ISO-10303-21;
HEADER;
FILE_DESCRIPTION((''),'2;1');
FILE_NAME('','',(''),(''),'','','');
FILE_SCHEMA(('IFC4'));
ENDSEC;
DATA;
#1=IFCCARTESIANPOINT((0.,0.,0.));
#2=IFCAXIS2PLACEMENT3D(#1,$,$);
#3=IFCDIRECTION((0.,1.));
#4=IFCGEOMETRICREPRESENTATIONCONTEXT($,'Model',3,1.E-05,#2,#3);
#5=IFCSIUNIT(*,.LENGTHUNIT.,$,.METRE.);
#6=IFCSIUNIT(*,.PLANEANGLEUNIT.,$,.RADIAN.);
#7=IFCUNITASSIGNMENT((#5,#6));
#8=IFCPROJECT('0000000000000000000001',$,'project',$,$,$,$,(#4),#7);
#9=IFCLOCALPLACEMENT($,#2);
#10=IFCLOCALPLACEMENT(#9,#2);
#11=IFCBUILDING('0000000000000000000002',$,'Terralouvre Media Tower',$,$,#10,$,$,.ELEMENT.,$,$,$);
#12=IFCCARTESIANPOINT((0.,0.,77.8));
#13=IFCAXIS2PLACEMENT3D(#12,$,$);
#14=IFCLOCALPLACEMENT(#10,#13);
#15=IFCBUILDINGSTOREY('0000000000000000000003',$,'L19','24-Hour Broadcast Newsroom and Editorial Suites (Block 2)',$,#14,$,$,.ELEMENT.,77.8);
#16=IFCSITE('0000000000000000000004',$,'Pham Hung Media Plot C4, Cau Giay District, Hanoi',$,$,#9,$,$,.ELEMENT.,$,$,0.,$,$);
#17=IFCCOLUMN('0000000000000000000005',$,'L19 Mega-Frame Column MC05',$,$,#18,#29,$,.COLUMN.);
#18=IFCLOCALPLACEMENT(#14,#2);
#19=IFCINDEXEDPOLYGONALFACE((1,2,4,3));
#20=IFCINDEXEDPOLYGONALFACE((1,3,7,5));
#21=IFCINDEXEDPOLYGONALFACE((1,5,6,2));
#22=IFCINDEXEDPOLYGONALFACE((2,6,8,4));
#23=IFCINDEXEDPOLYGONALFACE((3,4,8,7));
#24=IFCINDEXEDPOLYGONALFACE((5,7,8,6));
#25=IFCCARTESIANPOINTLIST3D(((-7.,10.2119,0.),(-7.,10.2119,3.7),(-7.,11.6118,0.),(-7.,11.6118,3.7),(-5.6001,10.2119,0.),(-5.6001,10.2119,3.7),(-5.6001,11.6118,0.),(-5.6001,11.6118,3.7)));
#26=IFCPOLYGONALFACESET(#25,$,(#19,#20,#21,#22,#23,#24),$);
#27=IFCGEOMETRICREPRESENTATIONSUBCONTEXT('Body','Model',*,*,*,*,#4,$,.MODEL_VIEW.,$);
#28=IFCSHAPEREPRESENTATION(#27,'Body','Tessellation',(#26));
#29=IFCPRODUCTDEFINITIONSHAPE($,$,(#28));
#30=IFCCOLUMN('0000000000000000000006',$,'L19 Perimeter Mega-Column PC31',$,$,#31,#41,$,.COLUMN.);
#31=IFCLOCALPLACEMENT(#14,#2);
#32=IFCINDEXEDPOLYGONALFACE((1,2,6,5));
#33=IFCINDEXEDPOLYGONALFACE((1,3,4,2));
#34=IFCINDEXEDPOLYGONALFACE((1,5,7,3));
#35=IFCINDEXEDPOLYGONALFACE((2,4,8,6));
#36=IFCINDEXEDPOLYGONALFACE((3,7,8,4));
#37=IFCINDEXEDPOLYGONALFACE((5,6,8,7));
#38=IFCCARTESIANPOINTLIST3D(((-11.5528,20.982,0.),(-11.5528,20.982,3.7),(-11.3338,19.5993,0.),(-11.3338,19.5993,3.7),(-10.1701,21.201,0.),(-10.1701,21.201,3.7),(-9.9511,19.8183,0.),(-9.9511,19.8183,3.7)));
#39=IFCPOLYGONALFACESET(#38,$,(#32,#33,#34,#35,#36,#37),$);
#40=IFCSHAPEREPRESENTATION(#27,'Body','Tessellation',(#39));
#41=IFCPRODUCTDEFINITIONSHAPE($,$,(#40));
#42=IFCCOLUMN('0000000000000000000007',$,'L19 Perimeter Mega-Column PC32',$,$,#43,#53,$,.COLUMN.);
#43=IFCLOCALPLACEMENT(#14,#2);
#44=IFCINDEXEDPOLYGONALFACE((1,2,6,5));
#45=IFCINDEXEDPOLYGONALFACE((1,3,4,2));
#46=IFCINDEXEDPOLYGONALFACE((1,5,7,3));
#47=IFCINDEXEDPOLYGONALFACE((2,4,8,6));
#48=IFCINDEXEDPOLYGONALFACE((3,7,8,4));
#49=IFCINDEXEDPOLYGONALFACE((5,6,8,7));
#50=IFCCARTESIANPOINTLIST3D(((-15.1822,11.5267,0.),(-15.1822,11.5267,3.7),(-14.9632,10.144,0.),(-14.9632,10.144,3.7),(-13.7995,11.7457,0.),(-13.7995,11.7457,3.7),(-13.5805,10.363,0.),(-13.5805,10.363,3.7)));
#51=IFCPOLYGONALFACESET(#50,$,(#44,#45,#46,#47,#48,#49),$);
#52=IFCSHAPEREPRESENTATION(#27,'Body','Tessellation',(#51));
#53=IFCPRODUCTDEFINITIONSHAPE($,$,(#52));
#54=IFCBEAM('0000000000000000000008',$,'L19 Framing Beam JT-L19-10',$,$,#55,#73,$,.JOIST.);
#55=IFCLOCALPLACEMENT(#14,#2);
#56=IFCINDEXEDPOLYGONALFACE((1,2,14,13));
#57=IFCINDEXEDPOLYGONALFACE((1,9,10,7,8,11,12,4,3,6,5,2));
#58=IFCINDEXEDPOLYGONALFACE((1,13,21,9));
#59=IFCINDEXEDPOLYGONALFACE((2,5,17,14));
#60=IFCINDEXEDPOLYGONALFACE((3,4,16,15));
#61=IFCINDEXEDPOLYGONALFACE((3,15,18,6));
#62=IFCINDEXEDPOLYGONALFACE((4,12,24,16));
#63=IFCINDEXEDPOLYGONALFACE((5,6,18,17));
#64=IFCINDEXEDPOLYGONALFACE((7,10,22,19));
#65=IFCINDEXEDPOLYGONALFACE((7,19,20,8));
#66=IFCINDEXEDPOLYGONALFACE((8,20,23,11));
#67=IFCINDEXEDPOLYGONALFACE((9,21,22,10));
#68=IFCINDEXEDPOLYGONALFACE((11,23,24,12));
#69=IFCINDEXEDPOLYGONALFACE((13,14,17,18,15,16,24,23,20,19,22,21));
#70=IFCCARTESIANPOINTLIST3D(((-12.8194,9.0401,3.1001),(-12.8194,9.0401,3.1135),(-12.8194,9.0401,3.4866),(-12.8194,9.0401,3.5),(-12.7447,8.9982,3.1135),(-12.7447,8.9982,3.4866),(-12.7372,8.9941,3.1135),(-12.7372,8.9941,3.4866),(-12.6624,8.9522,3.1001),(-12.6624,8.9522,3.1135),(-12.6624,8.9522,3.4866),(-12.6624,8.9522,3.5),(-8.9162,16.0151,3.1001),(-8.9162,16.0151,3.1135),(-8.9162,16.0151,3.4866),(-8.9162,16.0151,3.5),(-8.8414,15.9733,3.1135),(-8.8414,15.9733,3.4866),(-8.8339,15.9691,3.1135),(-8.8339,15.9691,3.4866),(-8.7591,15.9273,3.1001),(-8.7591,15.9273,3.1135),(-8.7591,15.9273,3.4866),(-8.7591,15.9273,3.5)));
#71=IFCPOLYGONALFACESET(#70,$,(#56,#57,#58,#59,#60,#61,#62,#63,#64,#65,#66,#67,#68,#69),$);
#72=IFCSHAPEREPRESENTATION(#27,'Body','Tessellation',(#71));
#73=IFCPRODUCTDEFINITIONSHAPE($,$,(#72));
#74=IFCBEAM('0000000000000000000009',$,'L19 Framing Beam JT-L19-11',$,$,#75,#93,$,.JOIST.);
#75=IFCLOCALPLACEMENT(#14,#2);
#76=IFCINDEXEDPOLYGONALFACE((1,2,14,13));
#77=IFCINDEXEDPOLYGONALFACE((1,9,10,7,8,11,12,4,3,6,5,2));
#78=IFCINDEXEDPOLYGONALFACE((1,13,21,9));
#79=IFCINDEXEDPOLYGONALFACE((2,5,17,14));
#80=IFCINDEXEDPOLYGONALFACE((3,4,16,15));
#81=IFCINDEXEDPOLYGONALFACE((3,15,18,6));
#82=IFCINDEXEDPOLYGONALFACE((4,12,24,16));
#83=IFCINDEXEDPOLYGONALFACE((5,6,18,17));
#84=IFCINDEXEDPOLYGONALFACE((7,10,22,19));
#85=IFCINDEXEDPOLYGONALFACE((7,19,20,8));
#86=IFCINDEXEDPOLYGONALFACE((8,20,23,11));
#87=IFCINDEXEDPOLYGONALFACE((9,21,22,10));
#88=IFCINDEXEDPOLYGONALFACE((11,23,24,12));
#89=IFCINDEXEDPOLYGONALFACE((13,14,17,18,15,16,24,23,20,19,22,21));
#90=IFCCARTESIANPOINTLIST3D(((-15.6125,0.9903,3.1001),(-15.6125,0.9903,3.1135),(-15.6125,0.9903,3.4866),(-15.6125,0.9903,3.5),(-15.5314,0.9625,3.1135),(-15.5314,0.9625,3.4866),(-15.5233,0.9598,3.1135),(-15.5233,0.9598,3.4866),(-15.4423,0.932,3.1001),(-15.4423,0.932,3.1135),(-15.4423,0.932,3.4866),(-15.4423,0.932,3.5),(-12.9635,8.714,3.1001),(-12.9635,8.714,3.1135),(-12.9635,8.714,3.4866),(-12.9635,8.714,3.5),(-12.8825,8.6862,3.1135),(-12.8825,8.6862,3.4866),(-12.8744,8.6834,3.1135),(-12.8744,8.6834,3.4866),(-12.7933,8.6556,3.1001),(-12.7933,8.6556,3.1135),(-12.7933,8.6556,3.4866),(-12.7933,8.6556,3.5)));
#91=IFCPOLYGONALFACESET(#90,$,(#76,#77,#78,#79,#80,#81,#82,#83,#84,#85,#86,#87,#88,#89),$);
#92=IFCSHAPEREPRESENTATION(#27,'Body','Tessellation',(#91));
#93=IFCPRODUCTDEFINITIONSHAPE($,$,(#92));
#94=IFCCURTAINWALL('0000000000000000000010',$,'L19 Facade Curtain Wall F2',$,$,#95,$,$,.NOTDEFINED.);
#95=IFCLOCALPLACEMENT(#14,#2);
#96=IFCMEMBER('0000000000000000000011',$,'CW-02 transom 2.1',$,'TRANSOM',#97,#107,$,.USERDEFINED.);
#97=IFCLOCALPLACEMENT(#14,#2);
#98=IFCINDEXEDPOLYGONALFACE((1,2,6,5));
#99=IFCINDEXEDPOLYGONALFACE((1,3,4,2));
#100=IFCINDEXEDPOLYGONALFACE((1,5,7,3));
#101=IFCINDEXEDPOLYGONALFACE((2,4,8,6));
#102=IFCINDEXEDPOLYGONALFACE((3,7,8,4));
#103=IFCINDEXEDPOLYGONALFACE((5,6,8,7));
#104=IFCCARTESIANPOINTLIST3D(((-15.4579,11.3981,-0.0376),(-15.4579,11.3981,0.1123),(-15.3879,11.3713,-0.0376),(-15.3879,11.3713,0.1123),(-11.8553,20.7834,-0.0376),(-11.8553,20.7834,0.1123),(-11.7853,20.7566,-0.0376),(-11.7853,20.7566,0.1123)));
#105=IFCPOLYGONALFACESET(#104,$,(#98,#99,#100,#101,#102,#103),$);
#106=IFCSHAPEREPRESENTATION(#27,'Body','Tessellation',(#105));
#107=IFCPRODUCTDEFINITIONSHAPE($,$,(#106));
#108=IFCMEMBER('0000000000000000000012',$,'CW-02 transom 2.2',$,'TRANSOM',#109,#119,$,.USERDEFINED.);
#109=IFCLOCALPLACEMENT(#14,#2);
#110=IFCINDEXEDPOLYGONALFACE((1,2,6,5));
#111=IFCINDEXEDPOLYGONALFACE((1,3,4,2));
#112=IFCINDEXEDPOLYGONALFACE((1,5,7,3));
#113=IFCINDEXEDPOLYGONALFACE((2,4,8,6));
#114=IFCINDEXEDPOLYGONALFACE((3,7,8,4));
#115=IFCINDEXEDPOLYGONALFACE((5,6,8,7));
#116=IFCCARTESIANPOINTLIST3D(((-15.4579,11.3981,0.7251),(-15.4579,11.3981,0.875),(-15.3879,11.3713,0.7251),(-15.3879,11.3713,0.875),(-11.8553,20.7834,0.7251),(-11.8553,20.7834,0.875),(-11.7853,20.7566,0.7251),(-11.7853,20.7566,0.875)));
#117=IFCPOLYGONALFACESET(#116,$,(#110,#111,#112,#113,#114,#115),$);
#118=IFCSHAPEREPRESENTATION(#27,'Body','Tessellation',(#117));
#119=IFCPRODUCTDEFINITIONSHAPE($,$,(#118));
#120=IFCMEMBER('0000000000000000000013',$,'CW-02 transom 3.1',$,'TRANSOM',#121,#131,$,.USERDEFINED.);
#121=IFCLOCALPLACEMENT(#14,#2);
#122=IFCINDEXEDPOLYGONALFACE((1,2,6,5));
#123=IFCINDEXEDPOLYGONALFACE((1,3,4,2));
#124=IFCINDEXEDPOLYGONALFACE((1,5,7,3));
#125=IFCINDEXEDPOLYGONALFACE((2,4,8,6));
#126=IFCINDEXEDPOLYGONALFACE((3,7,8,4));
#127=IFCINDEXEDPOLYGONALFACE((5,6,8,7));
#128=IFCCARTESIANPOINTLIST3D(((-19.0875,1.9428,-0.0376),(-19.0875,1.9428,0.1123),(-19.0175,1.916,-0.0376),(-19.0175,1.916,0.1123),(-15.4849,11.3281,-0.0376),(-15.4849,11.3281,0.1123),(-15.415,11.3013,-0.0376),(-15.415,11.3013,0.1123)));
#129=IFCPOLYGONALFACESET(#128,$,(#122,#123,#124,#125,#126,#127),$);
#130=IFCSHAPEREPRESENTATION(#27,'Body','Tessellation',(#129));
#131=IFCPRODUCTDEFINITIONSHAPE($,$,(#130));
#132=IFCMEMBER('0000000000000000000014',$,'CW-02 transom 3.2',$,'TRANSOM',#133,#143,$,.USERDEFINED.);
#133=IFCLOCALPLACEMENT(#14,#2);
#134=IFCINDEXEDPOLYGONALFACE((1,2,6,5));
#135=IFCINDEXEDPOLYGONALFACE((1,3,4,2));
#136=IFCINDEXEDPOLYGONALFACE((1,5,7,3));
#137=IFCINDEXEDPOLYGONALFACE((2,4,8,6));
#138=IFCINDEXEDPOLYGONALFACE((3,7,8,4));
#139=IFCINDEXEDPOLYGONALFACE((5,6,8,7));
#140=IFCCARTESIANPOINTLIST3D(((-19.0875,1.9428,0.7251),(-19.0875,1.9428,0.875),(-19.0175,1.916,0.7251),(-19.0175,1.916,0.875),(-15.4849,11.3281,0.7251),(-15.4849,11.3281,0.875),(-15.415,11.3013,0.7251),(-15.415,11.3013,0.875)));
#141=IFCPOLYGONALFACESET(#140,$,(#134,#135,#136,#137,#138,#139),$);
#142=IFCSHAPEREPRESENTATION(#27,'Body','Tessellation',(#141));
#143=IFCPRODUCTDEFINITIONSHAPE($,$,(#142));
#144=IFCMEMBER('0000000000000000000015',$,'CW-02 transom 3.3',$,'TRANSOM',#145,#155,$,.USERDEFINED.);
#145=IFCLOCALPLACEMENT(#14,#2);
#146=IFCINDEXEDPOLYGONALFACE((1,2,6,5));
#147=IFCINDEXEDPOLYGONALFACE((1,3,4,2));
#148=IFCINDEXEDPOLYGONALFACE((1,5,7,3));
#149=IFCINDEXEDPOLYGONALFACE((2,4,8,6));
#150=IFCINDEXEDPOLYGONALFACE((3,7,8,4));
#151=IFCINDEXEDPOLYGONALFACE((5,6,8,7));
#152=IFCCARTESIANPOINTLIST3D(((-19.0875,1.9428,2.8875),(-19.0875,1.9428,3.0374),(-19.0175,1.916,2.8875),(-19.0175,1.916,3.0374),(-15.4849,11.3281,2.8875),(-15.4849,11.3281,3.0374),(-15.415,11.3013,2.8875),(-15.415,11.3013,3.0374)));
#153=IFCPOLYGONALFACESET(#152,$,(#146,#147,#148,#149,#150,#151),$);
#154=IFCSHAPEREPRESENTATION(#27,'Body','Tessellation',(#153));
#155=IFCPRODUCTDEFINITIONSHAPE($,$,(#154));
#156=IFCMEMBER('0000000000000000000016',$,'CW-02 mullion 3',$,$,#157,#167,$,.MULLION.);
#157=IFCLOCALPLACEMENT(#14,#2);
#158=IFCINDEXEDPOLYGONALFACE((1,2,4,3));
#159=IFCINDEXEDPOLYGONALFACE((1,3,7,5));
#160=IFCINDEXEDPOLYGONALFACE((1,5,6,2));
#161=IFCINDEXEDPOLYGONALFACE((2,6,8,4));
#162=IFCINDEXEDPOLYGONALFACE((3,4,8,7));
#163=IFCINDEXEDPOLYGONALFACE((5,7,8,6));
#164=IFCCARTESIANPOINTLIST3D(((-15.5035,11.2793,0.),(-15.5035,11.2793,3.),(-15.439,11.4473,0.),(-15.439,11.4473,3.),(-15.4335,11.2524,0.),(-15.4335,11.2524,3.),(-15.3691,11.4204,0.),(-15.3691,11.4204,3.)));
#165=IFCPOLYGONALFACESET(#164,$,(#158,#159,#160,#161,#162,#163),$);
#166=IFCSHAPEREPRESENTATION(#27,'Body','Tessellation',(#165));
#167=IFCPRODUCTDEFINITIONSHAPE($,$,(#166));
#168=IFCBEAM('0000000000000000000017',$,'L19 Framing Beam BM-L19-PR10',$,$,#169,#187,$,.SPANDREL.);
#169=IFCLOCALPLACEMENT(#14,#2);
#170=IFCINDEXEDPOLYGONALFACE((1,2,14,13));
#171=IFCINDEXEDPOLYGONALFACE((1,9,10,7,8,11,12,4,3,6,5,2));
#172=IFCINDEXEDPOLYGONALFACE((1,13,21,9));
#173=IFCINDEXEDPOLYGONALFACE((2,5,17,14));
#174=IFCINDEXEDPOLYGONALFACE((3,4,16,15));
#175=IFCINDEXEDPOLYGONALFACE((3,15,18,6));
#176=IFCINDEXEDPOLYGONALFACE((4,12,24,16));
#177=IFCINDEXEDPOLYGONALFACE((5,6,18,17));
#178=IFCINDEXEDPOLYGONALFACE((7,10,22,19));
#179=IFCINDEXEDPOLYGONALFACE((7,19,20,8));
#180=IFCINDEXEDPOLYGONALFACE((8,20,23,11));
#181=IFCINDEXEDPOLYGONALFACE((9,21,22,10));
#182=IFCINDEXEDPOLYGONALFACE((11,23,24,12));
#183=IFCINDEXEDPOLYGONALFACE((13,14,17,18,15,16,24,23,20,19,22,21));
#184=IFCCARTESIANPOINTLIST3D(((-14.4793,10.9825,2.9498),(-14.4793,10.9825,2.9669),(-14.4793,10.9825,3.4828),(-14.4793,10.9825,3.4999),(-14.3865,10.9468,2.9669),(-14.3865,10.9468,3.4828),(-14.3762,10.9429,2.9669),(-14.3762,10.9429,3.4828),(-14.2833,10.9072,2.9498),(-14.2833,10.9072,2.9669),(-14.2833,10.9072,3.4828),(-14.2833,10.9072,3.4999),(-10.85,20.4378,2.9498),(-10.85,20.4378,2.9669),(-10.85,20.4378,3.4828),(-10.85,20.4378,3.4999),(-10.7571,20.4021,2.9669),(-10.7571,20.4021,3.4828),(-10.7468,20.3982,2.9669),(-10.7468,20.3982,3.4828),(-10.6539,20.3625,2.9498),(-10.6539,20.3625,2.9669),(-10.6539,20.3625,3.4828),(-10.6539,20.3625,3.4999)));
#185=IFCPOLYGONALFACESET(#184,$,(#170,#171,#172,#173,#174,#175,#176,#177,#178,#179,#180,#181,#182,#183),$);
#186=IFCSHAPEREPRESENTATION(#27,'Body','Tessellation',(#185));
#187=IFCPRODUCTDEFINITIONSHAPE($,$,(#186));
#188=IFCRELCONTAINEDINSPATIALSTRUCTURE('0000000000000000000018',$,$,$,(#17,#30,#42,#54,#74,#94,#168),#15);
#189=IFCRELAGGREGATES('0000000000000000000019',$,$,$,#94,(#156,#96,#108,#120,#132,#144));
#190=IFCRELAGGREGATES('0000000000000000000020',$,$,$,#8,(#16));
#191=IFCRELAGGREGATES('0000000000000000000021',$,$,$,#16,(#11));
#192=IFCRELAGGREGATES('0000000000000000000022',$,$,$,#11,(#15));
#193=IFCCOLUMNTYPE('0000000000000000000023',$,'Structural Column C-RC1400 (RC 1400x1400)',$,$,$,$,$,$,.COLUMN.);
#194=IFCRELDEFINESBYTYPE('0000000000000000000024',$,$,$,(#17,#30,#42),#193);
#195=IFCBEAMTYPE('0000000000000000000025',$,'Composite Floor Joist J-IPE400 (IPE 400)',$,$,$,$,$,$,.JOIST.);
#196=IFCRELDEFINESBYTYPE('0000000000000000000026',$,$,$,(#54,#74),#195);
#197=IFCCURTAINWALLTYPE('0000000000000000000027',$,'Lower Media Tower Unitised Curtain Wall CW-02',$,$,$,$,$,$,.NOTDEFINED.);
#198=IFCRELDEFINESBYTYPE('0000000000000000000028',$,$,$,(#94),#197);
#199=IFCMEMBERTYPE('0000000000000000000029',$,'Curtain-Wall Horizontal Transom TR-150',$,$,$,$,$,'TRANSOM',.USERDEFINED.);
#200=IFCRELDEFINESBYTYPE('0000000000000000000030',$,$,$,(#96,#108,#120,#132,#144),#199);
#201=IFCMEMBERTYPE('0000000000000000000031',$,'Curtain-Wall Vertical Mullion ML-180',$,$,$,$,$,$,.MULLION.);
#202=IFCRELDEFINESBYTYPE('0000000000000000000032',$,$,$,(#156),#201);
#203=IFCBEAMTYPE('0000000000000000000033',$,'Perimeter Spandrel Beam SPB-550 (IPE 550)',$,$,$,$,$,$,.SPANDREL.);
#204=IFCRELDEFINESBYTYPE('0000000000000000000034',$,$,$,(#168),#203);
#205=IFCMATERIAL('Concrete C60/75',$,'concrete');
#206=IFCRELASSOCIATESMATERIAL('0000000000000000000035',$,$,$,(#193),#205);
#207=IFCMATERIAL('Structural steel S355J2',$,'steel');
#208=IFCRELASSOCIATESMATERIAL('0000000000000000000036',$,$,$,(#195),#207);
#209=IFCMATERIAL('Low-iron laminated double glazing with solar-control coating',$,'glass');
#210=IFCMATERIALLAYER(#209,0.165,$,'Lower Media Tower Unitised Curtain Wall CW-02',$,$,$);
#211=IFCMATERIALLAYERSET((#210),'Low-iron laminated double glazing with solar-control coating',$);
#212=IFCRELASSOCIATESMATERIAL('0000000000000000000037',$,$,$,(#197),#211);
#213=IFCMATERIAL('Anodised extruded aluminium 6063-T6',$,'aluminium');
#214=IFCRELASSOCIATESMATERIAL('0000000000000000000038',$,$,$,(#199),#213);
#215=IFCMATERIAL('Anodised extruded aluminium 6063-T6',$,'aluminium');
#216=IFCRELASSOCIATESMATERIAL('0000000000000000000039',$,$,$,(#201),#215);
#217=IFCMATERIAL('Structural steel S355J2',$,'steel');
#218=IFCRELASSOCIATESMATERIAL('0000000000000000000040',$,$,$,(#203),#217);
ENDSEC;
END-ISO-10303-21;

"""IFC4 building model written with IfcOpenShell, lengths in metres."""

from ifc_helpers import new_model, si_unit, direction, frame, origin, origin_2d, place, context, subcontext, project, spatial, rectangle, i_section, extrude, material, layer, layer_set, material_profile, profile_set, type_object, element, aggregate, save


model = new_model("IFC4")

# Units and contexts
model_context = context("Model", 3, precision=1e-05, world=origin(), true_north=direction((0.0, 1.0)))
body_context = subcontext(model_context, "Body", "Model", "MODEL_VIEW")
ifc_project = project(units=[si_unit("LENGTHUNIT", "METRE"), si_unit("PLANEANGLEUNIT", "RADIAN")], contexts=[model_context])

# Site, building, storey
site_placement = place(None, origin())
site = spatial("IfcSite", under=ifc_project, at=site_placement, Name="Pham Hung Media Plot C4, Cau Giay District, Hanoi", CompositionType="ELEMENT", RefElevation=0.0)
building_placement = place(site_placement, origin())
building = spatial("IfcBuilding", under=site, at=building_placement, Name="Terralouvre Media Tower", CompositionType="ELEMENT")
storey_placement = place(building_placement, frame((0.0, 0.0, 77.8)))
storey = spatial("IfcBuildingStorey", under=building, at=storey_placement, Name="L19", Description="24-Hour Broadcast Newsroom and Editorial Suites (Block 2)", CompositionType="ELEMENT", Elevation=77.8)

# Columns
ifc_material_1 = material(Name="Concrete C60/75", Category="concrete")
ifc_material_profile_1 = material_profile(ifc_material_1, rectangle(XDim=1.3999, YDim=1.3999, at=origin_2d()), Name="RC 1400x1400")
ifc_profile_set_1 = profile_set([ifc_material_profile_1], Name="Concrete C60/75")
column_type = type_object("IfcColumnType", Name="Structural Column C-RC1400 (RC 1400x1400)", PredefinedType="COLUMN", material=ifc_profile_set_1)
for number, where, z_axis, x_axis, name in (
    (1, (-6.3, 10.9119, 0.0), (0.0, 0.0, 1.0), (1.0, 0.0, 0.0), "L19 Mega-Frame Column MC05"),
    (2, (-10.752, 20.4001, 0.0), (0.0, 0.0, 1.0), (0.987688, 0.156434, 0.0), "L19 Perimeter Mega-Column PC31"),
    (3, (-14.3813, 10.9448, 0.0), (0.0, 0.0, 1.0), (0.987688, 0.156434, 0.0), "L19 Perimeter Mega-Column PC32"),
):
    element("IfcColumn", number, at=place(storey_placement, frame(where, z_axis=z_axis, x_axis=x_axis)), inside=storey, type_object=column_type, Name=name, PredefinedType="COLUMN", context=body_context, shape_type="SweptSolid", body=[
        extrude(rectangle(XDim=1.3999, YDim=1.3999, at=origin_2d()), origin(), (0.0, 0.0, 1.0), 3.7),
    ])

# Beams
ifc_material_2 = material(Name="Structural steel S355J2", Category="steel")
ifc_material_profile_2 = material_profile(ifc_material_2, i_section(OverallWidth=0.1799, OverallDepth=0.3999, WebThickness=0.0085, FlangeThickness=0.0134, at=origin_2d()), Name="IPE 400")
ifc_profile_set_2 = profile_set([ifc_material_profile_2], Name="Structural steel S355J2")
beam_type_1 = type_object("IfcBeamType", Name="Composite Floor Joist J-IPE400 (IPE 400)", PredefinedType="JOIST", material=ifc_profile_set_2)
beam_1_placement = place(storey_placement, frame((-8.8376, 15.9712, 3.3), z_axis=(-0.488343, -0.872652, 0.0), x_axis=(0.872652, -0.488343, 0.0)))
element("IfcBeam", 4, at=beam_1_placement, inside=storey, type_object=beam_type_1, Name="L19 Framing Beam JT-L19-10", PredefinedType="JOIST", context=body_context, shape_type="SweptSolid", body=[
    extrude(i_section(OverallWidth=0.1799, OverallDepth=0.3999, WebThickness=0.0085, FlangeThickness=0.0134, at=origin_2d()), origin(), (0.0, 0.0, 1.0), 7.9929),
])
beam_2_placement = place(storey_placement, frame((-12.8784, 8.6848, 3.3), z_axis=(-0.324415, -0.945915, 0.0), x_axis=(0.945915, -0.324415, 0.0)))
element("IfcBeam", 5, at=beam_2_placement, inside=storey, type_object=beam_type_1, Name="L19 Framing Beam JT-L19-11", PredefinedType="JOIST", context=body_context, shape_type="SweptSolid", body=[
    extrude(i_section(OverallWidth=0.1799, OverallDepth=0.3999, WebThickness=0.0085, FlangeThickness=0.0134, at=origin_2d()), origin(), (0.0, 0.0, 1.0), 8.1653),
])

# Curtain wall, members
ifc_material_3 = material(Name="Low-iron laminated double glazing with solar-control coating", Category="glass")
ifc_layer_1 = layer(ifc_material_3, 0.165, Name="Lower Media Tower Unitised Curtain Wall CW-02")
ifc_layer_set_1 = layer_set([ifc_layer_1], Name="Low-iron laminated double glazing with solar-control coating")
curtain_wall_type = type_object("IfcCurtainWallType", Name="Lower Media Tower Unitised Curtain Wall CW-02", PredefinedType="NOTDEFINED", material=ifc_layer_set_1)
curtain_wall_placement = place(storey_placement, origin())
curtain_wall = element("IfcCurtainWall", 6, at=curtain_wall_placement, inside=storey, type_object=curtain_wall_type, Name="L19 Facade Curtain Wall F2", PredefinedType="NOTDEFINED")
ifc_material_4 = material(Name="Anodised extruded aluminium 6063-T6", Category="aluminium")
ifc_material_profile_3 = material_profile(ifc_material_4, rectangle(XDim=0.075, YDim=0.1499, at=origin_2d()), Name="ALU 75x150")
ifc_profile_set_3 = profile_set([ifc_material_profile_3], Name="Anodised extruded aluminium 6063-T6")
member_type_1 = type_object("IfcMemberType", Name="Curtain-Wall Horizontal Transom TR-150", ElementType="TRANSOM", PredefinedType="USERDEFINED", material=ifc_profile_set_3)
member_1_placement = place(storey_placement, frame((-11.8203, 20.77, 0.0374), z_axis=(-0.358357, -0.933584, 0.0), x_axis=(0.933584, -0.358357, 0.0)))
member_1 = element("IfcMember", 7, at=member_1_placement, type_object=member_type_1, Name="CW-02 transom 2.1", ObjectType="TRANSOM", PredefinedType="USERDEFINED", context=body_context, shape_type="SweptSolid", body=[
    extrude(rectangle(XDim=0.075, YDim=0.1499, at=origin_2d()), origin(), (0.0, 0.0, 1.0), 10.053),
])
member_2_placement = place(storey_placement, frame((-11.8203, 20.77, 0.8), z_axis=(-0.358357, -0.933584, 0.0), x_axis=(0.933584, -0.358357, 0.0)))
member_2 = element("IfcMember", 8, at=member_2_placement, type_object=member_type_1, Name="CW-02 transom 2.2", ObjectType="TRANSOM", PredefinedType="USERDEFINED", context=body_context, shape_type="SweptSolid", body=[
    extrude(rectangle(XDim=0.075, YDim=0.1499, at=origin_2d()), origin(), (0.0, 0.0, 1.0), 10.053),
])
member_3_placement = place(storey_placement, frame((-15.45, 11.3147, 0.0374), z_axis=(-0.358357, -0.933584, 0.0), x_axis=(0.933584, -0.358357, 0.0)))
member_3 = element("IfcMember", 9, at=member_3_placement, type_object=member_type_1, Name="CW-02 transom 3.1", ObjectType="TRANSOM", PredefinedType="USERDEFINED", context=body_context, shape_type="SweptSolid", body=[
    extrude(rectangle(XDim=0.075, YDim=0.1499, at=origin_2d()), origin(), (0.0, 0.0, 1.0), 10.053),
])
member_4_placement = place(storey_placement, frame((-15.45, 11.3147, 0.8), z_axis=(-0.358357, -0.933584, 0.0), x_axis=(0.933584, -0.358357, 0.0)))
member_4 = element("IfcMember", 10, at=member_4_placement, type_object=member_type_1, Name="CW-02 transom 3.2", ObjectType="TRANSOM", PredefinedType="USERDEFINED", context=body_context, shape_type="SweptSolid", body=[
    extrude(rectangle(XDim=0.075, YDim=0.1499, at=origin_2d()), origin(), (0.0, 0.0, 1.0), 10.053),
])
member_5_placement = place(storey_placement, frame((-15.45, 11.3147, 2.9624), z_axis=(-0.358357, -0.933584, 0.0), x_axis=(0.933584, -0.358357, 0.0)))
member_5 = element("IfcMember", 11, at=member_5_placement, type_object=member_type_1, Name="CW-02 transom 3.3", ObjectType="TRANSOM", PredefinedType="USERDEFINED", context=body_context, shape_type="SweptSolid", body=[
    extrude(rectangle(XDim=0.075, YDim=0.1499, at=origin_2d()), origin(), (0.0, 0.0, 1.0), 10.053),
])
ifc_material_5 = material(Name="Anodised extruded aluminium 6063-T6", Category="aluminium")
ifc_material_profile_4 = material_profile(ifc_material_5, rectangle(XDim=0.075, YDim=0.1799, at=origin_2d()), Name="ALU 75x180")
ifc_profile_set_4 = profile_set([ifc_material_profile_4], Name="Anodised extruded aluminium 6063-T6")
member_type_2 = type_object("IfcMemberType", Name="Curtain-Wall Vertical Mullion ML-180", PredefinedType="MULLION", material=ifc_profile_set_4)
member_6_placement = place(storey_placement, frame((-15.4363, 11.3499, 0.0), z_axis=(0.0, 0.0, 1.0), x_axis=(0.93358, -0.358368, 0.0)))
member_6 = element("IfcMember", 12, at=member_6_placement, type_object=member_type_2, Name="CW-02 mullion 3", PredefinedType="MULLION", context=body_context, shape_type="SweptSolid", body=[
    extrude(rectangle(XDim=0.075, YDim=0.1799, at=origin_2d()), origin(), (0.0, 0.0, 1.0), 3.0),
])

# Beam
ifc_material_6 = material(Name="Structural steel S355J2", Category="steel")
ifc_material_profile_5 = material_profile(ifc_material_6, i_section(OverallWidth=0.21, OverallDepth=0.55, WebThickness=0.011, FlangeThickness=0.0171, at=origin_2d()), Name="IPE 550")
ifc_profile_set_5 = profile_set([ifc_material_profile_5], Name="Structural steel S355J2")
beam_type_2 = type_object("IfcBeamType", Name="Perimeter Spandrel Beam SPB-550 (IPE 550)", PredefinedType="SPANDREL", material=ifc_profile_set_5)
for number, where, z_axis, x_axis, name in (
    (13, (-10.752, 20.4001, 3.2249), (-0.358354, -0.933586, 0.0), (0.933586, -0.358354, 0.0), "L19 Framing Beam BM-L19-PR10"),
):
    element("IfcBeam", number, at=place(storey_placement, frame(where, z_axis=z_axis, x_axis=x_axis)), inside=storey, type_object=beam_type_2, Name=name, PredefinedType="SPANDREL", context=body_context, shape_type="SweptSolid", body=[
        extrude(i_section(OverallWidth=0.21, OverallDepth=0.55, WebThickness=0.011, FlangeThickness=0.0171, at=origin_2d()), origin(), (0.0, 0.0, 1.0), 10.1279),
    ])

aggregate(curtain_wall, [member_6, member_1, member_2, member_3, member_4, member_5])

save(model, "model.ifc")
